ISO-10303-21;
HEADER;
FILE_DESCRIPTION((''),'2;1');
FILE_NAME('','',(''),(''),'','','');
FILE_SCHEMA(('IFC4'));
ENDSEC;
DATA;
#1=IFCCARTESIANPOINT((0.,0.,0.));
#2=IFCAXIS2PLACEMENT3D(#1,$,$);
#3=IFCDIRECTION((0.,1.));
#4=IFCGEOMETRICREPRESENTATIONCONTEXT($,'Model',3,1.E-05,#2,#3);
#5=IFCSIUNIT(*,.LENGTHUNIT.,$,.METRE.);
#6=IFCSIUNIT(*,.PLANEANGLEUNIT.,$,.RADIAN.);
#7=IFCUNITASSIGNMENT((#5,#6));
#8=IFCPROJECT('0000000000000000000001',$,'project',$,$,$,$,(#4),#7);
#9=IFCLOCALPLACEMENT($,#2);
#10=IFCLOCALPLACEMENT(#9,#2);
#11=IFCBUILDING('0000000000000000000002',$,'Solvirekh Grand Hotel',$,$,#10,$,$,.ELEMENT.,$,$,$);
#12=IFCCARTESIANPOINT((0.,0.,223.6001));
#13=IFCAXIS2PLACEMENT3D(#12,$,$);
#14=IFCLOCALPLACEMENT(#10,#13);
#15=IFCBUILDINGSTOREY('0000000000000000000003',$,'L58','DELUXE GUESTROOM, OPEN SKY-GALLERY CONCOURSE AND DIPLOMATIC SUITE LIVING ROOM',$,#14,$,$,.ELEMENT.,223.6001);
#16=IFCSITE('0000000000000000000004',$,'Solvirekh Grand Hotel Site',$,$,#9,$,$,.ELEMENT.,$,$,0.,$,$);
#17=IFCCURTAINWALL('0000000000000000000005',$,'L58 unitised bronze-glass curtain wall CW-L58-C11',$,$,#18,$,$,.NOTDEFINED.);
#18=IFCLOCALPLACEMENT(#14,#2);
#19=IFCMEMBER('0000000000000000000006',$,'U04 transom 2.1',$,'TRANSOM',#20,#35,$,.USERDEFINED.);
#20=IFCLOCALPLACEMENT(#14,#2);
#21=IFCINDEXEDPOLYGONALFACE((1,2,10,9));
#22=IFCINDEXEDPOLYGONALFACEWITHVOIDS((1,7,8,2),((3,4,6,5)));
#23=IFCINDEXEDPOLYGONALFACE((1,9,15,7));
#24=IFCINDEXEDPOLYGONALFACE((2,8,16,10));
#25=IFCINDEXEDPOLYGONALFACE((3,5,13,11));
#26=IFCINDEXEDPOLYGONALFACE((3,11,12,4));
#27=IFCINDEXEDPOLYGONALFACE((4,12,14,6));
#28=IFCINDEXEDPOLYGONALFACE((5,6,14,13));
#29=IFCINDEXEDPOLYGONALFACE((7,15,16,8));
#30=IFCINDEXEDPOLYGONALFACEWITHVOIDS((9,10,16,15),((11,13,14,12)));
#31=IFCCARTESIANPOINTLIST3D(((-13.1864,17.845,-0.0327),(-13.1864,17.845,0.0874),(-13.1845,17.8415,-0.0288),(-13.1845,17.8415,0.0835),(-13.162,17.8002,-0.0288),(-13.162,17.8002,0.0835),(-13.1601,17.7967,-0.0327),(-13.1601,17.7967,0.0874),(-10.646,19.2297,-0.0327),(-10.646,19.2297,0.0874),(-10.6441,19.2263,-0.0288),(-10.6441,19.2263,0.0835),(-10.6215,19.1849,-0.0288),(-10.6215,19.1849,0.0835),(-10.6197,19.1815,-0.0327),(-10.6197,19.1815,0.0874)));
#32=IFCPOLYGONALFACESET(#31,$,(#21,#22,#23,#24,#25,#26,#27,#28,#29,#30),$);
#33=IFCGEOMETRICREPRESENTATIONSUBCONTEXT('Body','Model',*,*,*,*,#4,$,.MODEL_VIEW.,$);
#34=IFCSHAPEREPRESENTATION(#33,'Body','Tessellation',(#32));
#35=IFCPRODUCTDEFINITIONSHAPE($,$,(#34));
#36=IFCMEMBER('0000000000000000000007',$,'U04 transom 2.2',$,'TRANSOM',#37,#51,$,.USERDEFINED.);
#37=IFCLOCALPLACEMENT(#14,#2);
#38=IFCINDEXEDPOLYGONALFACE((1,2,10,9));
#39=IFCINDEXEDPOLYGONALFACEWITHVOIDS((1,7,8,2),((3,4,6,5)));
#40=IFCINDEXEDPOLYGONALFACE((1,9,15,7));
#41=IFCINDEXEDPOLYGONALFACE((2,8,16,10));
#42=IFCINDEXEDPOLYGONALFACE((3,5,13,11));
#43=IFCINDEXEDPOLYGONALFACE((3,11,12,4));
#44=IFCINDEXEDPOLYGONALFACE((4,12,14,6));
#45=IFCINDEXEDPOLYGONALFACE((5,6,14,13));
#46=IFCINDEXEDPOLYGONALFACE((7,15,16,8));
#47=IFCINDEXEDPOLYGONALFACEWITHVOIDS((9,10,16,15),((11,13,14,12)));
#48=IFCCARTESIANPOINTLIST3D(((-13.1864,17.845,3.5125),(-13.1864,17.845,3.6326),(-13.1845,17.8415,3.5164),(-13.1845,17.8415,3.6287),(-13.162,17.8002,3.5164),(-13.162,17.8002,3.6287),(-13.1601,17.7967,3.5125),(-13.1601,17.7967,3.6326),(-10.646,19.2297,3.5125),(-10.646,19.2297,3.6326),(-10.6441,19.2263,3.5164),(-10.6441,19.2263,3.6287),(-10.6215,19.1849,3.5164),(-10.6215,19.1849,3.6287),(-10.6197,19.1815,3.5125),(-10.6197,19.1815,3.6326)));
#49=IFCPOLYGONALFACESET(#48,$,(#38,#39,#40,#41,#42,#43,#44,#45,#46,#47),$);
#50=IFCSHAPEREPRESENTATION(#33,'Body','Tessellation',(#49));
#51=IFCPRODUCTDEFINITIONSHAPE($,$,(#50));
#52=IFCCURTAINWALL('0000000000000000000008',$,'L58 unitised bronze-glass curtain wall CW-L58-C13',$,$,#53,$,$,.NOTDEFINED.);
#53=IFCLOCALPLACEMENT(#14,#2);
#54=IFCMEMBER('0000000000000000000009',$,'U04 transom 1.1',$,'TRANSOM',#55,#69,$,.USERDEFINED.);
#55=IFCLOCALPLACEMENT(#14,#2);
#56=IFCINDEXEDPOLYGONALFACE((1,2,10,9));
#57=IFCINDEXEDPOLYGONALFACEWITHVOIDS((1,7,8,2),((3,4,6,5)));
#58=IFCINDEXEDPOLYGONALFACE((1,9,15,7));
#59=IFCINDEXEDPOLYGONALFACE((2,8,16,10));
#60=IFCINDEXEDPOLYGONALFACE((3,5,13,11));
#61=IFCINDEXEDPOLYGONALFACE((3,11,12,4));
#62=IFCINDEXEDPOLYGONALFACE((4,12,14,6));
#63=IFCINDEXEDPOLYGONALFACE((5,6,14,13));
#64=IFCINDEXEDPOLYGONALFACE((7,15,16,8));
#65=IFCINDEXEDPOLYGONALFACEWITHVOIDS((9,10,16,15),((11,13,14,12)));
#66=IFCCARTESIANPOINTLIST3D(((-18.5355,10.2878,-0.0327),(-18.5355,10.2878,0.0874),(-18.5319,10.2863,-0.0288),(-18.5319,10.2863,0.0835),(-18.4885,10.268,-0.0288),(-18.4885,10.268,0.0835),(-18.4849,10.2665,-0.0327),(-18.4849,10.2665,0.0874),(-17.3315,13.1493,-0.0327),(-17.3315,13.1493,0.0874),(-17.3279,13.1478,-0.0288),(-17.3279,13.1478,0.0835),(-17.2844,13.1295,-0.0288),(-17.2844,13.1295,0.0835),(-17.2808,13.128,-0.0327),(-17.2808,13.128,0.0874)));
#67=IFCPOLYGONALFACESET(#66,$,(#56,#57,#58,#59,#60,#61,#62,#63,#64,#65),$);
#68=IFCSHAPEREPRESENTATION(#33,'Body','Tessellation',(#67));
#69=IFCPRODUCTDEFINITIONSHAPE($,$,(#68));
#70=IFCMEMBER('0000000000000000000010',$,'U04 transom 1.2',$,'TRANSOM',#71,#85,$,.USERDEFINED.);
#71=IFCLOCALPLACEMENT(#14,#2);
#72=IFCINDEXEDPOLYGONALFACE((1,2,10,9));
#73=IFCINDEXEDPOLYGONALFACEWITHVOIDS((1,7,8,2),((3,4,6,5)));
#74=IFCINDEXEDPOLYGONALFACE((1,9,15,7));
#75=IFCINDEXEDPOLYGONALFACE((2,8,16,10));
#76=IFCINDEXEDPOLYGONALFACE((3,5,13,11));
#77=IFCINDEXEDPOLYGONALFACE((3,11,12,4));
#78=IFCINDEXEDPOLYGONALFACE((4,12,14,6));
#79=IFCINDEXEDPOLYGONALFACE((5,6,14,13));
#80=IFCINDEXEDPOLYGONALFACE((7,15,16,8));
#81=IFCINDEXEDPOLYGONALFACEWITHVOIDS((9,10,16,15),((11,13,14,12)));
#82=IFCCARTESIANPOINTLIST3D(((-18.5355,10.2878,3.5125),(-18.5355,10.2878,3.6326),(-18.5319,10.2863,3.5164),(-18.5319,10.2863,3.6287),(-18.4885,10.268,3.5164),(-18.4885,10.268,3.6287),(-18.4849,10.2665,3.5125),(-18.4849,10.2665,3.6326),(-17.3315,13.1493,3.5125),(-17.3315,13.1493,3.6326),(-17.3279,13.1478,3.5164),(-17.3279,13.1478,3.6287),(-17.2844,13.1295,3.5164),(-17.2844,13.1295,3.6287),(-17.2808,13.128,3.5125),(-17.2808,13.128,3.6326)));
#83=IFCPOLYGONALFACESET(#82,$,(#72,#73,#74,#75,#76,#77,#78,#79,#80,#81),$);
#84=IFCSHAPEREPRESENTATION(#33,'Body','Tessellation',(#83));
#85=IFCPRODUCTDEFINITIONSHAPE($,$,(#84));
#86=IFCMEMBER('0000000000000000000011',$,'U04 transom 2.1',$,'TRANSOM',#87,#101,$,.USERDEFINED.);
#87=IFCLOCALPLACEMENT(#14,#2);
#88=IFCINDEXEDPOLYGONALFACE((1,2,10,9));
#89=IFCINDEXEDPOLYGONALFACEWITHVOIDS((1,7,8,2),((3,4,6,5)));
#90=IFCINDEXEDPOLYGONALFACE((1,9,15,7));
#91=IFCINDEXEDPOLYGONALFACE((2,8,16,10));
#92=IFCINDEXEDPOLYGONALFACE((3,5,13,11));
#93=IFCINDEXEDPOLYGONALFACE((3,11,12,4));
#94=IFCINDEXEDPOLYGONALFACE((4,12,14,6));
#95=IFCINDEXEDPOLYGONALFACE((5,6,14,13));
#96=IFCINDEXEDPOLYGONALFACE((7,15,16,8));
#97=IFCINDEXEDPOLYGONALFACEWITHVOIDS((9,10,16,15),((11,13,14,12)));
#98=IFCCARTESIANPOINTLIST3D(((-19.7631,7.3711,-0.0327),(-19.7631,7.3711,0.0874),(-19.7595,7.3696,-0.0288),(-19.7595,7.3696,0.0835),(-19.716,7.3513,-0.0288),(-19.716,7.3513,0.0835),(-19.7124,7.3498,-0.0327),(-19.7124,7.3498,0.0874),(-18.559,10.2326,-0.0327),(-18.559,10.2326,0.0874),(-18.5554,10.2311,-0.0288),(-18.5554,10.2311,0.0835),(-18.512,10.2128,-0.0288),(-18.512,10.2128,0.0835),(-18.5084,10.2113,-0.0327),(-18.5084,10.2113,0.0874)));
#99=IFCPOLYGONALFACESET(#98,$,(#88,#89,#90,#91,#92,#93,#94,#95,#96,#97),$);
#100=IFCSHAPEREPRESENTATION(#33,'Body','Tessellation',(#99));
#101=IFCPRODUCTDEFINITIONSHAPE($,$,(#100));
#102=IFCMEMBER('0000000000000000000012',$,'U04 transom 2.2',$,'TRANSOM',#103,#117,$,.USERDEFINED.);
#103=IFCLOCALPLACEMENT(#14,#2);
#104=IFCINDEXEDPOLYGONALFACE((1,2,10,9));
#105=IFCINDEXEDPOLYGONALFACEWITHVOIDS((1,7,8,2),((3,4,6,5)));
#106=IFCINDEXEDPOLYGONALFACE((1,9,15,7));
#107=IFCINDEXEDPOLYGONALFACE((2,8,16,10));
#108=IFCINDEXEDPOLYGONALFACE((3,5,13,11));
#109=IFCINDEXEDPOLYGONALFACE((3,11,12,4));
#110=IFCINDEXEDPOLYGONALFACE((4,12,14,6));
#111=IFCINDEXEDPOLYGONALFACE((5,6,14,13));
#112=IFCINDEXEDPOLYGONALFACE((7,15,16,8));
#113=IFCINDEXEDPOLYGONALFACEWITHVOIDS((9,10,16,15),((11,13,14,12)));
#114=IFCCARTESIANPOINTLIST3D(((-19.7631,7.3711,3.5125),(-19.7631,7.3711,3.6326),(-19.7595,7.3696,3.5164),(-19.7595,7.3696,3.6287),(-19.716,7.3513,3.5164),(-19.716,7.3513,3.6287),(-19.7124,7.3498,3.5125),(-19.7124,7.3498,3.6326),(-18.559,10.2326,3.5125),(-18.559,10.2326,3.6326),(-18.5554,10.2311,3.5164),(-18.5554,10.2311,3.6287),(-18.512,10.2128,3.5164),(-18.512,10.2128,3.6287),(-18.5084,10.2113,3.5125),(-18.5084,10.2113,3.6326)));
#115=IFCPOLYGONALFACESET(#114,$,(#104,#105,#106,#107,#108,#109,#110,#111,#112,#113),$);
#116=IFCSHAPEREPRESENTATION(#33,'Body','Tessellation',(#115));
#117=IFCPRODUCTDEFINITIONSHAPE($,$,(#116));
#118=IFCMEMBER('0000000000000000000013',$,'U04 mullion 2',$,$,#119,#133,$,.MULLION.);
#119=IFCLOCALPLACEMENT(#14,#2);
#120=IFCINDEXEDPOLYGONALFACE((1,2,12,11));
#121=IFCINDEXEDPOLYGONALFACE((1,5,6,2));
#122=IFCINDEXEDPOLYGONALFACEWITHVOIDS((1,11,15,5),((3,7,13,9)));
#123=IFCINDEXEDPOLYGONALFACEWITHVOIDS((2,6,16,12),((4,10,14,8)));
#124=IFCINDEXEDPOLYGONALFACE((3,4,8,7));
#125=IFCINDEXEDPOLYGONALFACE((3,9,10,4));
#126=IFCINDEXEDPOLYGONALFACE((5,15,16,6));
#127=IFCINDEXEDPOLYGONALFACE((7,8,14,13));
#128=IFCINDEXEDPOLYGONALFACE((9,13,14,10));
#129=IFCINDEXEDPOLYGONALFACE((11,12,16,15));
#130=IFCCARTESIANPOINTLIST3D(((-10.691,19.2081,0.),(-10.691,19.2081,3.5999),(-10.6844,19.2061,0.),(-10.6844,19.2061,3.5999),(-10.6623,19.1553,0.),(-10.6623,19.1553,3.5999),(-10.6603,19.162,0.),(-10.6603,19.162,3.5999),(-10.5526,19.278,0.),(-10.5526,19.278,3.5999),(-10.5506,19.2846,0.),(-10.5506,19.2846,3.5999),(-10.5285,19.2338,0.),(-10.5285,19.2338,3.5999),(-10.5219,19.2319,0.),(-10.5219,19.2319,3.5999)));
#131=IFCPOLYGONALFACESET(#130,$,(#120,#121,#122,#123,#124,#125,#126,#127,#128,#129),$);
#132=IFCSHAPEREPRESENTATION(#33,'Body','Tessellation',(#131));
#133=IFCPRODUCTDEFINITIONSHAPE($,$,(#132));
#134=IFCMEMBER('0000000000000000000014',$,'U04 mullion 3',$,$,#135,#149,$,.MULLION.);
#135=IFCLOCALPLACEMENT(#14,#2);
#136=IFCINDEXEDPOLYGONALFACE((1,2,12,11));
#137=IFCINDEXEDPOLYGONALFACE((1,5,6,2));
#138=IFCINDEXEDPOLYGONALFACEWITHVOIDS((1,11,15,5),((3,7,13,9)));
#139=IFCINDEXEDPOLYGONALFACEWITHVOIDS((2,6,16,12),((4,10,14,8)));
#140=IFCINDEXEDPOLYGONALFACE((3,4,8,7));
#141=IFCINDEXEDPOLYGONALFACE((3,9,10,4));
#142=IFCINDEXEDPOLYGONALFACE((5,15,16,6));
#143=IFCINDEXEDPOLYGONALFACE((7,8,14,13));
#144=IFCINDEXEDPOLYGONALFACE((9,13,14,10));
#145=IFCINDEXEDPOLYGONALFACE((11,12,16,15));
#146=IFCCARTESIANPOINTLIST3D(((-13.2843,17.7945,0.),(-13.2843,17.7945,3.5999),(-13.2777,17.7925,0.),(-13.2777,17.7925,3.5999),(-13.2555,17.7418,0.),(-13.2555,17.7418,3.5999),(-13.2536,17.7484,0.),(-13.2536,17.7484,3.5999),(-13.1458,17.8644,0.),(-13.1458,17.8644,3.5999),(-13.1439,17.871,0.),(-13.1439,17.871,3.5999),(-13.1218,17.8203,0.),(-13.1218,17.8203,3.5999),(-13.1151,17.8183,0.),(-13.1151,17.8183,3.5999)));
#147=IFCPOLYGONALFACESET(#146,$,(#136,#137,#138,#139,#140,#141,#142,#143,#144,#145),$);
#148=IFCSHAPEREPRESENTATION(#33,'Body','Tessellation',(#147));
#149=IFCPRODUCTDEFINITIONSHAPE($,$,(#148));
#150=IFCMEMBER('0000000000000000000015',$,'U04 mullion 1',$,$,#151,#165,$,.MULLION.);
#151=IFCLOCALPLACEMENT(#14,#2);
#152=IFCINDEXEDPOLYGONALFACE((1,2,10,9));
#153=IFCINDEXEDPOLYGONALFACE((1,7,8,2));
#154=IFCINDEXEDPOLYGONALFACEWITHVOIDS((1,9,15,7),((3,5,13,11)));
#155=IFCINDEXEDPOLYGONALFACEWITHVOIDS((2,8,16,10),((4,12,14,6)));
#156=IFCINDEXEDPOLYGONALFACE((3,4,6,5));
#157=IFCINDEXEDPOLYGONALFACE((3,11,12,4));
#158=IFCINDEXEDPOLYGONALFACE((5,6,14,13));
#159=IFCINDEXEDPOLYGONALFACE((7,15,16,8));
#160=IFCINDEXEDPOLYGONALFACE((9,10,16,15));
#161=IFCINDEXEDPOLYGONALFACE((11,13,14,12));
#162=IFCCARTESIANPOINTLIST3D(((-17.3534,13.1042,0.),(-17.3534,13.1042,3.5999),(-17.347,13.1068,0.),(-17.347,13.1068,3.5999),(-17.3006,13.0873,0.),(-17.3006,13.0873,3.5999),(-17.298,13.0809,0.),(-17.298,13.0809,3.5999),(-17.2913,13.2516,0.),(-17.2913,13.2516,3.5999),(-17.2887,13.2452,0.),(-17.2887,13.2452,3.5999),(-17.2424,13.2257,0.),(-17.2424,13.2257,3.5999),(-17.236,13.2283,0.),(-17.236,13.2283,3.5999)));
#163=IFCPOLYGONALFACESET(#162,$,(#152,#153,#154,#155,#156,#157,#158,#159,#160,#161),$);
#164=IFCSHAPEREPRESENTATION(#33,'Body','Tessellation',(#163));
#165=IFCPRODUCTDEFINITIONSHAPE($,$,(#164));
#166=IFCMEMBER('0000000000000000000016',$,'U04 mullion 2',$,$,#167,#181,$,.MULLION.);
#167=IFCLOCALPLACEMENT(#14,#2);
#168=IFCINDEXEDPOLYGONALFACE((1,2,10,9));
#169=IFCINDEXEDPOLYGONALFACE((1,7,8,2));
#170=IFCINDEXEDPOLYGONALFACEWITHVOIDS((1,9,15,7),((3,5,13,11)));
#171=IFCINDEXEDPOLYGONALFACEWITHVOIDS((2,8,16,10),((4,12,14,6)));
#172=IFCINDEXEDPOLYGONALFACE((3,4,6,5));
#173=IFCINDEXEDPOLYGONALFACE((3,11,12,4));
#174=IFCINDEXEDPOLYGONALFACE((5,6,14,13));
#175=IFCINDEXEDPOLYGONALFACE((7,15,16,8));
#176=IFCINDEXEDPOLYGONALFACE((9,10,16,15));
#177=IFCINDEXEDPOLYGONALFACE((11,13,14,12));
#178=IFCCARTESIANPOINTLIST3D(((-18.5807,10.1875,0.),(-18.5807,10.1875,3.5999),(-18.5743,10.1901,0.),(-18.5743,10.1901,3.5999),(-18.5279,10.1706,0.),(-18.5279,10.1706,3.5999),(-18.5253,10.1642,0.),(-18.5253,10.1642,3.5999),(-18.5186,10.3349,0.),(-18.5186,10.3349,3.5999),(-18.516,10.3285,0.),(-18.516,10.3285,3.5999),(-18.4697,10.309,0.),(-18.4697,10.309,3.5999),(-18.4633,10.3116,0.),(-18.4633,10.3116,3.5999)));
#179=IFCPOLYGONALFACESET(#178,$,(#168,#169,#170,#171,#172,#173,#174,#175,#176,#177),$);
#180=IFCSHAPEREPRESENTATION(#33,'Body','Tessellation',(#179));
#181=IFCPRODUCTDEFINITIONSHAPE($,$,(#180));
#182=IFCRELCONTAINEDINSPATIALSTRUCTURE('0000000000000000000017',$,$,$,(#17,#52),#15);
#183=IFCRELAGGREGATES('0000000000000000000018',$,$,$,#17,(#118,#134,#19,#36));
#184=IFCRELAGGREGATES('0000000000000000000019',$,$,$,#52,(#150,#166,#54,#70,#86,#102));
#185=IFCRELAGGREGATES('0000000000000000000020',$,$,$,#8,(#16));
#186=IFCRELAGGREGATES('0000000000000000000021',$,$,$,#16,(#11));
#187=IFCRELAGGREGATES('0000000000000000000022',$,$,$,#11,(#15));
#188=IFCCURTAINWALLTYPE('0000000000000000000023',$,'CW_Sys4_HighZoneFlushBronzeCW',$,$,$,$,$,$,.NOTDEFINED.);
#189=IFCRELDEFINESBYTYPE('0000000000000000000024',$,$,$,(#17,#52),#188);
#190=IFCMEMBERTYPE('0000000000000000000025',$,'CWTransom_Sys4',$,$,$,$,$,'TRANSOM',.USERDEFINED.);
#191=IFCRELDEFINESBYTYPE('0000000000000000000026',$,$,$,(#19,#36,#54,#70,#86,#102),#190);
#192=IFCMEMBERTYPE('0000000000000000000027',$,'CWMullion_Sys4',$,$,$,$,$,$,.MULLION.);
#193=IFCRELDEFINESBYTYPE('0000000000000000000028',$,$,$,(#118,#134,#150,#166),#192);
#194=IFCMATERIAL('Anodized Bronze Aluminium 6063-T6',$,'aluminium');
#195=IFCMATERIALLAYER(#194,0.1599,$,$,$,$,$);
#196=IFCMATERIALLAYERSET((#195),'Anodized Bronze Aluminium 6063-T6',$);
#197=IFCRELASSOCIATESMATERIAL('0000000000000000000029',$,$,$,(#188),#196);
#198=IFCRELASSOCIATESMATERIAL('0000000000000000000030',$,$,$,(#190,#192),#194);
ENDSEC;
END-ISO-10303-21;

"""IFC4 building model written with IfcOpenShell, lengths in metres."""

from ifc_helpers import new_model, si_unit, direction, frame, origin, origin_2d, place, context, subcontext, project, spatial, hollow_rectangle, extrude, source, transform, mapped, material, layer, layer_set, material_profile, profile_set, type_object, element, aggregate, save


model = new_model("IFC4")

# Units and contexts
model_context = context("Model", 3, precision=1e-05, world=origin(), true_north=direction((0.0, 1.0)))
body_context = subcontext(model_context, "Body", "Model", "MODEL_VIEW")
ifc_project = project(units=[si_unit("LENGTHUNIT", "METRE"), si_unit("PLANEANGLEUNIT", "RADIAN")], contexts=[model_context])

# Site, building, storey
site_placement = place(None, origin())
site = spatial("IfcSite", under=ifc_project, at=site_placement, Name="Solvirekh Grand Hotel Site", CompositionType="ELEMENT", RefElevation=0.0)
building_placement = place(site_placement, origin())
building = spatial("IfcBuilding", under=site, at=building_placement, Name="Solvirekh Grand Hotel", CompositionType="ELEMENT")
storey_placement = place(building_placement, frame((0.0, 0.0, 223.6001)))
storey = spatial("IfcBuildingStorey", under=building, at=storey_placement, Name="L58", Description="DELUXE GUESTROOM, OPEN SKY-GALLERY CONCOURSE AND DIPLOMATIC SUITE LIVING ROOM", CompositionType="ELEMENT", Elevation=223.6001)

# Curtain walls, members
ifc_material_1 = material(Name="Anodized Bronze Aluminium 6063-T6", Category="aluminium")
ifc_layer_1 = layer(ifc_material_1, 0.1599)
ifc_layer_set_1 = layer_set([ifc_layer_1], Name="Anodized Bronze Aluminium 6063-T6")
curtain_wall_type = type_object("IfcCurtainWallType", Name="CW_Sys4_HighZoneFlushBronzeCW", PredefinedType="NOTDEFINED", material=ifc_layer_set_1)
curtain_wall_1_placement = place(storey_placement, origin())
curtain_wall_1 = element("IfcCurtainWall", 1, at=curtain_wall_1_placement, inside=storey, type_object=curtain_wall_type, Name="L58 unitised bronze-glass curtain wall CW-L58-C11", PredefinedType="NOTDEFINED")
ifc_material_profile_1 = material_profile(ifc_material_1, hollow_rectangle(XDim=0.0549, YDim=0.1201, WallThickness=0.0039, at=origin_2d()), Name="ALU RHS 120X55X4")
ifc_profile_set_1 = profile_set([ifc_material_profile_1], Name="Anodized Bronze Aluminium 6063-T6")
member_type_1 = type_object("IfcMemberType", Name="CWTransom_Sys4", ElementType="TRANSOM", PredefinedType="USERDEFINED", material=ifc_profile_set_1)
shared_shape_1 = source(origin(), body_context, "Body", "SweptSolid", [
    extrude(hollow_rectangle(XDim=0.0549, YDim=0.1201, WallThickness=0.0039, at=origin_2d()), origin(), (0.0, 0.0, 1.0), 2.8933),
])
member_1_placement = place(storey_placement, frame((-10.6328, 19.2056, 0.0273), z_axis=(-0.878037, -0.478592, 0.0), x_axis=(0.478592, -0.878037, 0.0)))
member_1 = element("IfcMember", 2, at=member_1_placement, type_object=member_type_1, Name="U04 transom 2.1", ObjectType="TRANSOM", PredefinedType="USERDEFINED", context=body_context, shape_type="MappedRepresentation", body=[
    mapped(shared_shape_1, transform((0.0, 0.0, 0.0), x_axis=(1.0, 0.0, 0.0), y_axis=(0.0, 1.0, 0.0), z_axis=(0.0, 0.0, 1.0), scale=1.0)),
])
member_2_placement = place(storey_placement, frame((-10.6328, 19.2056, 3.5725), z_axis=(-0.878037, -0.478592, 0.0), x_axis=(0.478592, -0.878037, 0.0)))
member_2 = element("IfcMember", 3, at=member_2_placement, type_object=member_type_1, Name="U04 transom 2.2", ObjectType="TRANSOM", PredefinedType="USERDEFINED", context=body_context, shape_type="MappedRepresentation", body=[
    mapped(shared_shape_1, transform((0.0, 0.0, 0.0), x_axis=(1.0, 0.0, 0.0), y_axis=(0.0, 1.0, 0.0), z_axis=(0.0, 0.0, 1.0), scale=1.0)),
])
curtain_wall_2_placement = place(storey_placement, origin())
curtain_wall_2 = element("IfcCurtainWall", 4, at=curtain_wall_2_placement, inside=storey, type_object=curtain_wall_type, Name="L58 unitised bronze-glass curtain wall CW-L58-C13", PredefinedType="NOTDEFINED")
shared_shape_2 = source(origin(), body_context, "Body", "SweptSolid", [
    extrude(hollow_rectangle(XDim=0.0549, YDim=0.1201, WallThickness=0.0039, at=origin_2d()), origin(), (0.0, 0.0, 1.0), 3.1045),
])
member_3_placement = place(storey_placement, frame((-17.3062, 13.1387, 0.0273), z_axis=(-0.387846, -0.921724, 0.0), x_axis=(0.921724, -0.387846, 0.0)))
member_3 = element("IfcMember", 5, at=member_3_placement, type_object=member_type_1, Name="U04 transom 1.1", ObjectType="TRANSOM", PredefinedType="USERDEFINED", context=body_context, shape_type="MappedRepresentation", body=[
    mapped(shared_shape_2, transform((0.0, 0.0, 0.0), x_axis=(1.0, 0.0, 0.0), y_axis=(0.0, 1.0, 0.0), z_axis=(0.0, 0.0, 1.0), scale=1.0)),
])
member_4_placement = place(storey_placement, frame((-17.3062, 13.1387, 3.5725), z_axis=(-0.387846, -0.921724, 0.0), x_axis=(0.921724, -0.387846, 0.0)))
member_4 = element("IfcMember", 6, at=member_4_placement, type_object=member_type_1, Name="U04 transom 1.2", ObjectType="TRANSOM", PredefinedType="USERDEFINED", context=body_context, shape_type="MappedRepresentation", body=[
    mapped(shared_shape_2, transform((0.0, 0.0, 0.0), x_axis=(1.0, 0.0, 0.0), y_axis=(0.0, 1.0, 0.0), z_axis=(0.0, 0.0, 1.0), scale=1.0)),
])
member_5_placement = place(storey_placement, frame((-18.5337, 10.2219, 0.0273), z_axis=(-0.387846, -0.921724, 0.0), x_axis=(0.921724, -0.387846, 0.0)))
member_5 = element("IfcMember", 7, at=member_5_placement, type_object=member_type_1, Name="U04 transom 2.1", ObjectType="TRANSOM", PredefinedType="USERDEFINED", context=body_context, shape_type="MappedRepresentation", body=[
    mapped(shared_shape_2, transform((0.0, 0.0, 0.0), x_axis=(1.0, 0.0, 0.0), y_axis=(0.0, 1.0, 0.0), z_axis=(0.0, 0.0, 1.0), scale=1.0)),
])
member_6_placement = place(storey_placement, frame((-18.5337, 10.2219, 3.5725), z_axis=(-0.387846, -0.921724, 0.0), x_axis=(0.921724, -0.387846, 0.0)))
member_6 = element("IfcMember", 8, at=member_6_placement, type_object=member_type_1, Name="U04 transom 2.2", ObjectType="TRANSOM", PredefinedType="USERDEFINED", context=body_context, shape_type="MappedRepresentation", body=[
    mapped(shared_shape_2, transform((0.0, 0.0, 0.0), x_axis=(1.0, 0.0, 0.0), y_axis=(0.0, 1.0, 0.0), z_axis=(0.0, 0.0, 1.0), scale=1.0)),
])

# Members
ifc_material_profile_2 = material_profile(ifc_material_1, hollow_rectangle(XDim=0.0601, YDim=0.1599, WallThickness=0.0049, at=origin_2d()), Name="ALU RHS 160X60X5")
ifc_profile_set_2 = profile_set([ifc_material_profile_2], Name="Anodized Bronze Aluminium 6063-T6")
member_type_2 = type_object("IfcMemberType", Name="CWMullion_Sys4", PredefinedType="MULLION", material=ifc_profile_set_2)
shared_shape_3 = source(origin(), body_context, "Body", "SweptSolid", [
    extrude(hollow_rectangle(XDim=0.0601, YDim=0.1599, WallThickness=0.0049, at=origin_2d()), origin(), (0.0, 0.0, 1.0), 3.5999),
])
member_7_placement = place(storey_placement, frame((-10.6064, 19.22, 0.0), z_axis=(0.0, 0.0, 1.0), x_axis=(0.478641, -0.878011, 0.0)))
member_7 = element("IfcMember", 9, at=member_7_placement, type_object=member_type_2, Name="U04 mullion 2", PredefinedType="MULLION", context=body_context, shape_type="MappedRepresentation", body=[
    mapped(shared_shape_3, transform((0.0, 0.0, 0.0), x_axis=(1.0, 0.0, 0.0), y_axis=(0.0, 1.0, 0.0), z_axis=(0.0, 0.0, 1.0), scale=1.0)),
])
member_8_placement = place(storey_placement, frame((-13.1997, 17.8064, 0.0), z_axis=(0.0, 0.0, 1.0), x_axis=(0.478641, -0.878011, 0.0)))
member_8 = element("IfcMember", 10, at=member_8_placement, type_object=member_type_2, Name="U04 mullion 3", PredefinedType="MULLION", context=body_context, shape_type="MappedRepresentation", body=[
    mapped(shared_shape_3, transform((0.0, 0.0, 0.0), x_axis=(1.0, 0.0, 0.0), y_axis=(0.0, 1.0, 0.0), z_axis=(0.0, 0.0, 1.0), scale=1.0)),
])
member_9_placement = place(storey_placement, frame((-17.2947, 13.1663, 0.0), z_axis=(0.0, 0.0, 1.0), x_axis=(0.921724, -0.387847, 0.0)))
member_9 = element("IfcMember", 11, at=member_9_placement, type_object=member_type_2, Name="U04 mullion 1", PredefinedType="MULLION", context=body_context, shape_type="MappedRepresentation", body=[
    mapped(shared_shape_3, transform((0.0, 0.0, 0.0), x_axis=(1.0, 0.0, 0.0), y_axis=(0.0, 1.0, 0.0), z_axis=(0.0, 0.0, 1.0), scale=1.0)),
])
member_10_placement = place(storey_placement, frame((-18.522, 10.2495, 0.0), z_axis=(0.0, 0.0, 1.0), x_axis=(0.921724, -0.387847, 0.0)))
member_10 = element("IfcMember", 12, at=member_10_placement, type_object=member_type_2, Name="U04 mullion 2", PredefinedType="MULLION", context=body_context, shape_type="MappedRepresentation", body=[
    mapped(shared_shape_3, transform((0.0, 0.0, 0.0), x_axis=(1.0, 0.0, 0.0), y_axis=(0.0, 1.0, 0.0), z_axis=(0.0, 0.0, 1.0), scale=1.0)),
])

aggregate(curtain_wall_1, [member_7, member_8, member_1, member_2])
aggregate(curtain_wall_2, [member_9, member_10, member_3, member_4, member_5, member_6])

save(model, "model.ifc")
